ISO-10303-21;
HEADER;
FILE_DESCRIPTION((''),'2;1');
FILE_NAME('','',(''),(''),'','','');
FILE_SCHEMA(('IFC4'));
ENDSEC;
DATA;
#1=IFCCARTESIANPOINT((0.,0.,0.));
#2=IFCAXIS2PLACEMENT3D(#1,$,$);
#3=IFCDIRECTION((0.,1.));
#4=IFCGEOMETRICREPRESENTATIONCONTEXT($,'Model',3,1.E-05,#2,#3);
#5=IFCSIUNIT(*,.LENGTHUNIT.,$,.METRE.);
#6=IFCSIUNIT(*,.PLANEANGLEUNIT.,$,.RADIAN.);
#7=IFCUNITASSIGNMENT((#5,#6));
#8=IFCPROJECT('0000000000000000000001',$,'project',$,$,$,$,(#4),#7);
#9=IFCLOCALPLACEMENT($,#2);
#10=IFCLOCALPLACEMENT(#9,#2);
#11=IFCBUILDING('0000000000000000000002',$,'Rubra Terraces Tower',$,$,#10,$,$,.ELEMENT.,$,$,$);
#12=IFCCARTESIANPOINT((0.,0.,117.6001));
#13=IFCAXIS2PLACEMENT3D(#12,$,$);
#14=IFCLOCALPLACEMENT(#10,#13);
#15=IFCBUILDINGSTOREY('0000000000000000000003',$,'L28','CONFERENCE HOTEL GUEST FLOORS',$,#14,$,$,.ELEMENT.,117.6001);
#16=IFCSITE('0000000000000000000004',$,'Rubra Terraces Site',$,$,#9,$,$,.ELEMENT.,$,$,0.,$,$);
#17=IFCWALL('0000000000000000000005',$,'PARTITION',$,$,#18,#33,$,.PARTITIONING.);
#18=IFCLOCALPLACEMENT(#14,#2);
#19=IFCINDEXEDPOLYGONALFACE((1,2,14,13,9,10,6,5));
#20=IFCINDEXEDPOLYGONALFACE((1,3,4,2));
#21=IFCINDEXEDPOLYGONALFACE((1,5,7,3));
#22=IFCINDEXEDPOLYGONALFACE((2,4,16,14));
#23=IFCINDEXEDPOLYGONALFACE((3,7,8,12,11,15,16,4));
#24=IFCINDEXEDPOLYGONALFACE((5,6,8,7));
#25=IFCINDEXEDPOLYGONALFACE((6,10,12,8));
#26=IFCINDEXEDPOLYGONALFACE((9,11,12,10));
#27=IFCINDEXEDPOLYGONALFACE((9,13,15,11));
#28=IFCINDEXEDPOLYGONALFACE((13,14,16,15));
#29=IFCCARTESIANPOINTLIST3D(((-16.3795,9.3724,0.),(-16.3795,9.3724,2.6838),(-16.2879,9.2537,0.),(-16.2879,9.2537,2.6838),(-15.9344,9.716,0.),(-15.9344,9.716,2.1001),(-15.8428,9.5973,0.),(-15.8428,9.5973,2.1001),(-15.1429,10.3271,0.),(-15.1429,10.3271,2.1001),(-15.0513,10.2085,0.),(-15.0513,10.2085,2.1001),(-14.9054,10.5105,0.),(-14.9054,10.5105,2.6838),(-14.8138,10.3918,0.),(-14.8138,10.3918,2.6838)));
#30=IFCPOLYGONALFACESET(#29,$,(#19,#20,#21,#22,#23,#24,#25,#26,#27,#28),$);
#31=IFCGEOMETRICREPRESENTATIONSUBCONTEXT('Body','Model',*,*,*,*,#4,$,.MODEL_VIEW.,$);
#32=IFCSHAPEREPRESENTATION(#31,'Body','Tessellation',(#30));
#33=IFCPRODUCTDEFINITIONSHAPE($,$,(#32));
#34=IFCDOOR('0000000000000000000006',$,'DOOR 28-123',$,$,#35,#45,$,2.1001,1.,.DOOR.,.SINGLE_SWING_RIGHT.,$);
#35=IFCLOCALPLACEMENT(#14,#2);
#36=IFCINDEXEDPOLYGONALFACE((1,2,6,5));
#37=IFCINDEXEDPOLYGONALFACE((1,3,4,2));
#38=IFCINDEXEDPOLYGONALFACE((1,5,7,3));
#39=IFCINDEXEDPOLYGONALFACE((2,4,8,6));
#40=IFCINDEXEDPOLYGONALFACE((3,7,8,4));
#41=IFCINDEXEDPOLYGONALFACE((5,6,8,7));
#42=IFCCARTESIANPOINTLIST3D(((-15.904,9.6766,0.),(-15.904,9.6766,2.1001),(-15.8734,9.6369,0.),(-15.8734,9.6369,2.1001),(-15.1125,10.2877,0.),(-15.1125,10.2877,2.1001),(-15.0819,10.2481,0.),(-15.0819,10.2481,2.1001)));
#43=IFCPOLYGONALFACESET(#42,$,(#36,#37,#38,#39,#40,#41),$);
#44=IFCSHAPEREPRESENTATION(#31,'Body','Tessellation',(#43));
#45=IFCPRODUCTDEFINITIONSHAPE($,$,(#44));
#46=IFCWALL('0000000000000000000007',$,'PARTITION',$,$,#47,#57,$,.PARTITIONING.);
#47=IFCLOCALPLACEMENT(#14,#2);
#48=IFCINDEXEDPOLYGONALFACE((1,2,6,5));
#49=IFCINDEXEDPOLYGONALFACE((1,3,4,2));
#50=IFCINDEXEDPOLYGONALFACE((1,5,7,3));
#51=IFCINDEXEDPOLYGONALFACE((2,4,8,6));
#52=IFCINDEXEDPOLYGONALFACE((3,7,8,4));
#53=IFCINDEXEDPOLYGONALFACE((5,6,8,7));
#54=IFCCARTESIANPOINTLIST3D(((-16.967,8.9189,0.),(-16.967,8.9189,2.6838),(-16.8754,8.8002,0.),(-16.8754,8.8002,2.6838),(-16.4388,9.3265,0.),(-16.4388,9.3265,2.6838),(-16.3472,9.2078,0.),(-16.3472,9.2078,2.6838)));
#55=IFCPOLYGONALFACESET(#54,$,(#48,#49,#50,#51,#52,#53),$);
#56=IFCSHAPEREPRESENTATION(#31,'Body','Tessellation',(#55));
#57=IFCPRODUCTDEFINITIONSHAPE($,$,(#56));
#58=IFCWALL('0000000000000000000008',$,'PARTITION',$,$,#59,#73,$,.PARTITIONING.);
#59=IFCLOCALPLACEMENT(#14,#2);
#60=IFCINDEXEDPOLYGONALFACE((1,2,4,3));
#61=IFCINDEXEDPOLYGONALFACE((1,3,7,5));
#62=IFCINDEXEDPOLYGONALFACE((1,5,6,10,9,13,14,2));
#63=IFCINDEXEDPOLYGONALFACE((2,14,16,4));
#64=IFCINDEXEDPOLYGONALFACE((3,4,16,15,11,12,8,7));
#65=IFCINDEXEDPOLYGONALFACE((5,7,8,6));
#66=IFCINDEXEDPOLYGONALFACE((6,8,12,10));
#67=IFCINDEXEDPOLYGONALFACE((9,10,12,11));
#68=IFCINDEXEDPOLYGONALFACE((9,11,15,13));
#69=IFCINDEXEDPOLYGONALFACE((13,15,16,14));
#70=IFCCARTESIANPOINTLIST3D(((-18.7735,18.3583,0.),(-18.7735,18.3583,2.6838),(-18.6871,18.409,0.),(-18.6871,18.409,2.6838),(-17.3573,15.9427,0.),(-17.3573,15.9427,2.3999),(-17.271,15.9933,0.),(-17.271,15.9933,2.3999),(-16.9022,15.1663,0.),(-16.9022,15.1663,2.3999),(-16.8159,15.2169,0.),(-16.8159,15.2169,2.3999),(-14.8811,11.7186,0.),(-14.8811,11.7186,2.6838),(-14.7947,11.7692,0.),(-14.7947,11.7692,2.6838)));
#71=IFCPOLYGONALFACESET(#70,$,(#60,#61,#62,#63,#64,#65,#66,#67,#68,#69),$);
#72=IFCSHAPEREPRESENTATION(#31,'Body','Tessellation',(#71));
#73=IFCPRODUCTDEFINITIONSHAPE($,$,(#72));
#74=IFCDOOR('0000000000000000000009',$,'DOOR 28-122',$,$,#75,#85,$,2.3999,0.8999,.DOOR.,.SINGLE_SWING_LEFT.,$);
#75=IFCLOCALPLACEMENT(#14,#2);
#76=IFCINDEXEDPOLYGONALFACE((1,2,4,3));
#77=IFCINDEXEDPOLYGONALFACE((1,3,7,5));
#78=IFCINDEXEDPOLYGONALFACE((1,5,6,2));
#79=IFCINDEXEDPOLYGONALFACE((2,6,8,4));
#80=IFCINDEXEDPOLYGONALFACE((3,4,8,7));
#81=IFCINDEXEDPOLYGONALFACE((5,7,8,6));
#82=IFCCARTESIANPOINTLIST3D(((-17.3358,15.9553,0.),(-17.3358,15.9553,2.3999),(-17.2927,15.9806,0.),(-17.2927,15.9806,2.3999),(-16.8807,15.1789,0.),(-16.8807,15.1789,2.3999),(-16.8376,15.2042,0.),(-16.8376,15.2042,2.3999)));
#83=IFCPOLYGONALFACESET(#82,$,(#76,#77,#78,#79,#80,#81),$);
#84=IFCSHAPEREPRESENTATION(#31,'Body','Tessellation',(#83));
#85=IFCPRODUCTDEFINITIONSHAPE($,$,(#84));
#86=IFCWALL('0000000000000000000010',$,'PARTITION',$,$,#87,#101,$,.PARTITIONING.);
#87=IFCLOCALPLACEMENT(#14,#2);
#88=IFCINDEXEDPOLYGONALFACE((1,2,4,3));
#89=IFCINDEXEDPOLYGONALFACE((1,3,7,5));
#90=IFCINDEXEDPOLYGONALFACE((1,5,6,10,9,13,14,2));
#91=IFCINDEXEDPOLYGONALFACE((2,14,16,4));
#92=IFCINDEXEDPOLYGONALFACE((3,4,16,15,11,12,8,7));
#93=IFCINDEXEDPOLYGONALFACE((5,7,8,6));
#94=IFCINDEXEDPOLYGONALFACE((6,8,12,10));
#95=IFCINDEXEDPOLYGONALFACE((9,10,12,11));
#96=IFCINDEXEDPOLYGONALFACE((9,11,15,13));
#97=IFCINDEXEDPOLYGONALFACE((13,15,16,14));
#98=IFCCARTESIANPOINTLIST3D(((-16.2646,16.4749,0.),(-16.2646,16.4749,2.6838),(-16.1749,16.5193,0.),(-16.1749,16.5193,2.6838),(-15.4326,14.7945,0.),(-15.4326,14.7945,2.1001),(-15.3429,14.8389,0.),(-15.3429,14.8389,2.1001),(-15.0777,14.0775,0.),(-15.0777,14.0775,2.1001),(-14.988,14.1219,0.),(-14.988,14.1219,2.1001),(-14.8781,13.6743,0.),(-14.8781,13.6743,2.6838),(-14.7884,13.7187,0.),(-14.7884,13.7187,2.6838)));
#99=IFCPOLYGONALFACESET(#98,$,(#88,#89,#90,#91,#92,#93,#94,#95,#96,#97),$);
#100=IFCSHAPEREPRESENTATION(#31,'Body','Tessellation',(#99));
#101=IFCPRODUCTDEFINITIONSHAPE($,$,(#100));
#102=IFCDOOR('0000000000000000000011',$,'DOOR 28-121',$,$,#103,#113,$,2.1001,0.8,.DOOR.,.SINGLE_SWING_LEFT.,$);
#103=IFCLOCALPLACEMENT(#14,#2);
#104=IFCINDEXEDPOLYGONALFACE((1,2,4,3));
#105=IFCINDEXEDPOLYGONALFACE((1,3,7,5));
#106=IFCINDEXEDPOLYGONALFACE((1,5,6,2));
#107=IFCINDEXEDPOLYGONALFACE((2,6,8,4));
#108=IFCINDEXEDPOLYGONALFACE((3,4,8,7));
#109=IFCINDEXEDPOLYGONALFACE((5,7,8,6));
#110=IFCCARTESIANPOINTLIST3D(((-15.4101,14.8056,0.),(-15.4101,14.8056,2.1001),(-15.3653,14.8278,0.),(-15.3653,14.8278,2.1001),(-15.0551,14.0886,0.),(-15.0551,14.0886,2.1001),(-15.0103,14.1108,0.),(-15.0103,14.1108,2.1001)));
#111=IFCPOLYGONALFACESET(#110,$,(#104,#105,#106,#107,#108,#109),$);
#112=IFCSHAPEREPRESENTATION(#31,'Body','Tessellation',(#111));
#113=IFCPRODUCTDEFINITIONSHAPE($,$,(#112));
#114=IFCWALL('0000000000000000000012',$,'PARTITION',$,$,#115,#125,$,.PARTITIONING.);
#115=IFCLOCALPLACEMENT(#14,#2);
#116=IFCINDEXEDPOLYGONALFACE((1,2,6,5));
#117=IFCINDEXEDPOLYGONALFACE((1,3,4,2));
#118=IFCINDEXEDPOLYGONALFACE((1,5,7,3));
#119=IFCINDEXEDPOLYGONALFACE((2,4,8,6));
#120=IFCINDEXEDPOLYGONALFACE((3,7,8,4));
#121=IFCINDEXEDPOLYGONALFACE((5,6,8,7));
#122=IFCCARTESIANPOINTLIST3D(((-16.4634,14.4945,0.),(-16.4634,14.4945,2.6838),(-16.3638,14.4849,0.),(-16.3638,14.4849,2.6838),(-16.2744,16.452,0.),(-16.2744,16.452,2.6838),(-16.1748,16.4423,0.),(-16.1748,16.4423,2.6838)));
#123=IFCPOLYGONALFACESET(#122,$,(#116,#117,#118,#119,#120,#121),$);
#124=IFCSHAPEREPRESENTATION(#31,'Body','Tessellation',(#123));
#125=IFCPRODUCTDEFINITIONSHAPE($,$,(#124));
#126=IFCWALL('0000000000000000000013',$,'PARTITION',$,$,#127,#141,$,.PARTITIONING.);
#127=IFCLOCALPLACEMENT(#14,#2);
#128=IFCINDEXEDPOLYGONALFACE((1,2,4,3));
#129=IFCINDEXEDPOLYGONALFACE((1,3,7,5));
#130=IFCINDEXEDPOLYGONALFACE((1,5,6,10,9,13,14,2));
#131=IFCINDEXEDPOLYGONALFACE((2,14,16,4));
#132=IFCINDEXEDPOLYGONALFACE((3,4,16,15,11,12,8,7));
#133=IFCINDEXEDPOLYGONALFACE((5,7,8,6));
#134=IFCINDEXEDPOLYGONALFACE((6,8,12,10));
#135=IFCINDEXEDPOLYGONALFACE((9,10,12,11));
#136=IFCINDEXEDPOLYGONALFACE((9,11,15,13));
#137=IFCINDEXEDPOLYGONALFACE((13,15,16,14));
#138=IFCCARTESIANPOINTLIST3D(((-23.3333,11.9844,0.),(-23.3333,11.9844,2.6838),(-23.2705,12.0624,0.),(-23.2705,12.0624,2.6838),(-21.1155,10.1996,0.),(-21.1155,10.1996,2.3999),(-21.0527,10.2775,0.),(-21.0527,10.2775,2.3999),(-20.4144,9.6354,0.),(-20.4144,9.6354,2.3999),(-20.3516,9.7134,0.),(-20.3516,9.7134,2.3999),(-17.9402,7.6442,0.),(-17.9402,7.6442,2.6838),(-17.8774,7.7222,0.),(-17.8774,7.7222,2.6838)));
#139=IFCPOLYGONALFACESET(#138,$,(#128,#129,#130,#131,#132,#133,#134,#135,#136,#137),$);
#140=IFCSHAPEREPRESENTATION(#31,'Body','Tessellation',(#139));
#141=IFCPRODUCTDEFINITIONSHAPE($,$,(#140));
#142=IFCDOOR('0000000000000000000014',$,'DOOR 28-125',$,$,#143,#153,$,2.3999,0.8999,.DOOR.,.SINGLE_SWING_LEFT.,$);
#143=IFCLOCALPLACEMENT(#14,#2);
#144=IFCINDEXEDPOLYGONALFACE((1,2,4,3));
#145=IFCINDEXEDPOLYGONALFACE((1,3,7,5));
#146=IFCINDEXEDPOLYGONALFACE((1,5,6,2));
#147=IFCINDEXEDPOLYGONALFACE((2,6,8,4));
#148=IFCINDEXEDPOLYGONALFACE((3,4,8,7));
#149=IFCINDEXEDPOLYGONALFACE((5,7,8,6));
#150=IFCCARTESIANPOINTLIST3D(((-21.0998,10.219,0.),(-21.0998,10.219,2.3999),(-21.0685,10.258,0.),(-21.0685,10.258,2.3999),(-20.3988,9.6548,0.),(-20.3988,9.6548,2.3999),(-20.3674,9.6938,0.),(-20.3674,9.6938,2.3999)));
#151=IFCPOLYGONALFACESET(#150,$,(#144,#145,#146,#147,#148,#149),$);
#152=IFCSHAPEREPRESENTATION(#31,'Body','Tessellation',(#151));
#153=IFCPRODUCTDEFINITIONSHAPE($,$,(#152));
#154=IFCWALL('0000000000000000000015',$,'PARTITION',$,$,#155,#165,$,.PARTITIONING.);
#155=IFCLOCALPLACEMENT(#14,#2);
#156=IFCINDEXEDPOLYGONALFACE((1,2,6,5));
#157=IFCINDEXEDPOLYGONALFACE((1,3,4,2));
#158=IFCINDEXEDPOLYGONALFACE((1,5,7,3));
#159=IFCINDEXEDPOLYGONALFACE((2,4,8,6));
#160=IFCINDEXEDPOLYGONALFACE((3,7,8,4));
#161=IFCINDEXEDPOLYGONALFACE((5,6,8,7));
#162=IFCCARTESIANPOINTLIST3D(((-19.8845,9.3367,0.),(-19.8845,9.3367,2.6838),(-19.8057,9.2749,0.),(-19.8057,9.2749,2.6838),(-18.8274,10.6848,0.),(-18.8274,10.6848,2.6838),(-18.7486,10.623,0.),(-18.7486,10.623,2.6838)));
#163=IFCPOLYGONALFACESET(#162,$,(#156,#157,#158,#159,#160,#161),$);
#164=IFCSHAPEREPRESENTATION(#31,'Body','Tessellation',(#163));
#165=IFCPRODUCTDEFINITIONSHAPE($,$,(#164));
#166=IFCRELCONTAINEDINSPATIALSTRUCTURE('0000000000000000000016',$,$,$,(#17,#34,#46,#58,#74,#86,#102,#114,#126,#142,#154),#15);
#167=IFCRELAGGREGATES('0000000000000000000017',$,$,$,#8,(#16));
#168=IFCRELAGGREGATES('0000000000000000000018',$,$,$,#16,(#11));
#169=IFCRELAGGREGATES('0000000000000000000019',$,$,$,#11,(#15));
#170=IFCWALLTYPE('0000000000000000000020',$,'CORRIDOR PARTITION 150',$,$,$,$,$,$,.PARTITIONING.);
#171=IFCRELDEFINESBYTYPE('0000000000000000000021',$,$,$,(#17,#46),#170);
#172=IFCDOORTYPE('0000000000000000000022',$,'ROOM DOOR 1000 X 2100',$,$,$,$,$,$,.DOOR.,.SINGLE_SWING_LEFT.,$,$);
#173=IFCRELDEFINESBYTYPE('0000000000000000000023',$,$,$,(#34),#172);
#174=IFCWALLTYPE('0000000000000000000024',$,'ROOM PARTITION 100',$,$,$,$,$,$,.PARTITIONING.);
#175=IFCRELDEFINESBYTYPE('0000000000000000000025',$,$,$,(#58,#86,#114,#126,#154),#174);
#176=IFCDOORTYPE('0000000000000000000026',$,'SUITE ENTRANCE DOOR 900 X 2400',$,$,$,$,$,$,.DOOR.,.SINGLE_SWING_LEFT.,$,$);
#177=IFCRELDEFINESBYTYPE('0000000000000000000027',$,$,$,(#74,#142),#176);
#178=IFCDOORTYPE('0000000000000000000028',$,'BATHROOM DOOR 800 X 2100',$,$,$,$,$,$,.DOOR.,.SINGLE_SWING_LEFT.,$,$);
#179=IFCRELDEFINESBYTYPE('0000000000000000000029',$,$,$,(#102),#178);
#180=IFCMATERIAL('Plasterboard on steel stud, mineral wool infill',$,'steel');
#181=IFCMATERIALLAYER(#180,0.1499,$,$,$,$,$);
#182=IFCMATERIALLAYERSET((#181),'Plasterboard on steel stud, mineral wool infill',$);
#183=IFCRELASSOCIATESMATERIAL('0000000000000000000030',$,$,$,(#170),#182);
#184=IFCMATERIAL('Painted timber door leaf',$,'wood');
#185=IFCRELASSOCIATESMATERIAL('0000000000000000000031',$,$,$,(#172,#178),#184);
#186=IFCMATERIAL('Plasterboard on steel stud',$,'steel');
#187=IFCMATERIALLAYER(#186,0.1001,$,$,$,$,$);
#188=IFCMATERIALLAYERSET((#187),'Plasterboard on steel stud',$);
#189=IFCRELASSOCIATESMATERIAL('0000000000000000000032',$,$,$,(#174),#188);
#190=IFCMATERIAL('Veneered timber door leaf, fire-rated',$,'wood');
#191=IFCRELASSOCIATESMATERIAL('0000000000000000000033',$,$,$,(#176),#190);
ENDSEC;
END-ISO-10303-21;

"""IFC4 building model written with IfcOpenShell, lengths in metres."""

from ifc_helpers import new_model, si_unit, direction, frame, frame_2d, origin, place, context, subcontext, project, spatial, rectangle, extrude, material, layer, layer_set, type_object, element, fill, save


model = new_model("IFC4")

# Units and contexts
model_context = context("Model", 3, precision=1e-05, world=origin(), true_north=direction((0.0, 1.0)))
body_context = subcontext(model_context, "Body", "Model", "MODEL_VIEW")
ifc_project = project(units=[si_unit("LENGTHUNIT", "METRE"), si_unit("PLANEANGLEUNIT", "RADIAN")], contexts=[model_context])

# Site, building, storey
site_placement = place(None, origin())
site = spatial("IfcSite", under=ifc_project, at=site_placement, Name="Rubra Terraces Site", CompositionType="ELEMENT", RefElevation=0.0)
building_placement = place(site_placement, origin())
building = spatial("IfcBuilding", under=site, at=building_placement, Name="Rubra Terraces Tower", CompositionType="ELEMENT")
storey_placement = place(building_placement, frame((0.0, 0.0, 117.6001)))
storey = spatial("IfcBuildingStorey", under=building, at=storey_placement, Name="L28", Description="CONFERENCE HOTEL GUEST FLOORS", CompositionType="ELEMENT", Elevation=117.6001)

# Shared definitions
ifc_material_1 = material(Name="Plasterboard on steel stud, mineral wool infill", Category="steel")
ifc_layer_1 = layer(ifc_material_1, 0.1499)
ifc_layer_set_1 = layer_set([ifc_layer_1], Name="Plasterboard on steel stud, mineral wool infill")
wall_type_1 = type_object("IfcWallType", Name="CORRIDOR PARTITION 150", PredefinedType="PARTITIONING", material=ifc_layer_set_1)

# Wall, opening, door
wall_1_placement = place(storey_placement, frame((-14.8596, 10.4512, 0.0), z_axis=(0.0, 0.0, 1.0), x_axis=(-0.791521, -0.611142, 0.0)))
wall_1 = element("IfcWall", 1, at=wall_1_placement, inside=storey, type_object=wall_type_1, Name="PARTITION", PredefinedType="PARTITIONING", context=body_context, shape_type="SweptSolid", body=[
    extrude(rectangle(XDim=1.8623, YDim=0.1499, at=frame_2d((0.9312, 0.0))), origin(), (0.0, 0.0, 1.0), 2.6838),
])
opening_1_placement = place(wall_1_placement, frame((0.3, 0.0, 0.0)))
opening_1 = element("IfcOpeningElement", 2, at=opening_1_placement, cuts=wall_1, PredefinedType="OPENING", context=body_context, shape_type="SweptSolid", body=[
    extrude(rectangle(XDim=1.0, YDim=2.1001, at=frame_2d((0.5, 1.05))), frame((0.0, 0.085, 0.0), z_axis=(0.0, -1.0, 0.0), x_axis=(1.0, 0.0, 0.0)), (0.0, 0.0, 1.0), 0.1699),
])
ifc_material_2 = material(Name="Painted timber door leaf", Category="wood")
door_type_1 = type_object("IfcDoorType", Name="ROOM DOOR 1000 X 2100", OperationType="SINGLE_SWING_LEFT", PredefinedType="DOOR", material=ifc_material_2)
door_1_placement = place(opening_1_placement, origin())
door_1 = element("IfcDoor", 3, at=door_1_placement, inside=storey, type_object=door_type_1, Name="DOOR 28-123", OperationType="SINGLE_SWING_RIGHT", OverallHeight=2.1001, OverallWidth=1.0, PredefinedType="DOOR", context=body_context, shape_type="SweptSolid", body=[
    extrude(rectangle(XDim=1.0, YDim=2.1001, at=frame_2d((0.5, 1.05))), frame((0.0, 0.0249, 0.0), z_axis=(0.0, -1.0, 0.0), x_axis=(1.0, 0.0, 0.0)), (0.0, 0.0, 1.0), 0.05),
])
fill(opening_1, door_1)

# Wall
wall_2_placement = place(storey_placement, frame((-16.3931, 9.2671, 0.0), z_axis=(0.0, 0.0, 1.0), x_axis=(-0.791671, -0.610948, 0.0)))
element("IfcWall", 4, at=wall_2_placement, inside=storey, type_object=wall_type_1, Name="PARTITION", PredefinedType="PARTITIONING", context=body_context, shape_type="SweptSolid", body=[
    extrude(rectangle(XDim=0.6672, YDim=0.1499, at=frame_2d((0.3335, 0.0))), origin(), (0.0, 0.0, 1.0), 2.6838),
])

# Walls, openings, doors
ifc_material_3 = material(Name="Plasterboard on steel stud", Category="steel")
ifc_layer_2 = layer(ifc_material_3, 0.1001)
ifc_layer_set_2 = layer_set([ifc_layer_2], Name="Plasterboard on steel stud")
wall_type_2 = type_object("IfcWallType", Name="ROOM PARTITION 100", PredefinedType="PARTITIONING", material=ifc_layer_set_2)
wall_3_placement = place(storey_placement, frame((-18.7302, 18.3835, 0.0), z_axis=(0.0, 0.0, 1.0), x_axis=(0.505732, -0.862691, 0.0)))
wall_3 = element("IfcWall", 5, at=wall_3_placement, inside=storey, type_object=wall_type_2, Name="PARTITION", PredefinedType="PARTITIONING", context=body_context, shape_type="SweptSolid", body=[
    extrude(rectangle(XDim=7.6965, YDim=0.1001, at=frame_2d((3.8481, 0.0))), origin(), (0.0, 0.0, 1.0), 2.6838),
])
opening_2_placement = place(wall_3_placement, frame((2.8, 0.0, 0.0)))
opening_2 = element("IfcOpeningElement", 6, at=opening_2_placement, cuts=wall_3, PredefinedType="OPENING", context=body_context, shape_type="SweptSolid", body=[
    extrude(rectangle(XDim=0.8999, YDim=2.3999, at=frame_2d((0.45, 1.2))), frame((0.0, 0.0601, 0.0), z_axis=(0.0, -1.0, 0.0), x_axis=(1.0, 0.0, 0.0)), (0.0, 0.0, 1.0), 0.1201),
])
ifc_material_4 = material(Name="Veneered timber door leaf, fire-rated", Category="wood")
door_type_2 = type_object("IfcDoorType", Name="SUITE ENTRANCE DOOR 900 X 2400", OperationType="SINGLE_SWING_LEFT", PredefinedType="DOOR", material=ifc_material_4)
door_2_placement = place(opening_2_placement, origin())
door_2 = element("IfcDoor", 7, at=door_2_placement, inside=storey, type_object=door_type_2, Name="DOOR 28-122", OperationType="SINGLE_SWING_LEFT", OverallHeight=2.3999, OverallWidth=0.8999, PredefinedType="DOOR", context=body_context, shape_type="SweptSolid", body=[
    extrude(rectangle(XDim=0.8999, YDim=2.3999, at=frame_2d((0.45, 1.2))), frame((0.0, 0.0249, 0.0), z_axis=(0.0, -1.0, 0.0), x_axis=(1.0, 0.0, 0.0)), (0.0, 0.0, 1.0), 0.05),
])
fill(opening_2, door_2)
wall_4_placement = place(storey_placement, frame((-14.8333, 13.6965, 0.0), z_axis=(0.0, 0.0, 1.0), x_axis=(-0.443679, 0.896186, 0.0)))
wall_4 = element("IfcWall", 8, at=wall_4_placement, inside=storey, type_object=wall_type_2, Name="PARTITION", PredefinedType="PARTITIONING", context=body_context, shape_type="SweptSolid", body=[
    extrude(rectangle(XDim=3.125, YDim=0.1001, at=frame_2d((1.5625, 0.0))), origin(), (0.0, 0.0, 1.0), 2.6838),
])
opening_3_placement = place(wall_4_placement, frame((0.45, 0.0, 0.0)))
opening_3 = element("IfcOpeningElement", 9, at=opening_3_placement, cuts=wall_4, PredefinedType="OPENING", context=body_context, shape_type="SweptSolid", body=[
    extrude(rectangle(XDim=0.8, YDim=2.1001, at=frame_2d((0.3999, 1.05))), frame((0.0, 0.0601, 0.0), z_axis=(0.0, -1.0, 0.0), x_axis=(1.0, 0.0, 0.0)), (0.0, 0.0, 1.0), 0.1201),
])
door_type_3 = type_object("IfcDoorType", Name="BATHROOM DOOR 800 X 2100", OperationType="SINGLE_SWING_LEFT", PredefinedType="DOOR", material=ifc_material_2)
door_3_placement = place(opening_3_placement, origin())
door_3 = element("IfcDoor", 10, at=door_3_placement, inside=storey, type_object=door_type_3, Name="DOOR 28-121", OperationType="SINGLE_SWING_LEFT", OverallHeight=2.1001, OverallWidth=0.8, PredefinedType="DOOR", context=body_context, shape_type="SweptSolid", body=[
    extrude(rectangle(XDim=0.8, YDim=2.1001, at=frame_2d((0.3999, 1.05))), frame((0.0, 0.0249, 0.0), z_axis=(0.0, -1.0, 0.0), x_axis=(1.0, 0.0, 0.0)), (0.0, 0.0, 1.0), 0.05),
])
fill(opening_3, door_3)

# Wall
wall_5_placement = place(storey_placement, frame((-16.2246, 16.4473, 0.0), z_axis=(0.0, 0.0, 1.0), x_axis=(-0.096086, -0.995373, 0.0)))
element("IfcWall", 11, at=wall_5_placement, inside=storey, type_object=wall_type_2, Name="PARTITION", PredefinedType="PARTITIONING", context=body_context, shape_type="SweptSolid", body=[
    extrude(rectangle(XDim=1.9666, YDim=0.1001, at=frame_2d((0.9834, 0.0))), origin(), (0.0, 0.0, 1.0), 2.6838),
])

# Wall, opening, door
wall_6_placement = place(storey_placement, frame((-23.302, 12.0234, 0.0), z_axis=(0.0, 0.0, 1.0), x_axis=(0.779059, -0.62695, 0.0)))
wall_6 = element("IfcWall", 12, at=wall_6_placement, inside=storey, type_object=wall_type_2, Name="PARTITION", PredefinedType="PARTITIONING", context=body_context, shape_type="SweptSolid", body=[
    extrude(rectangle(XDim=6.9226, YDim=0.1001, at=frame_2d((3.4614, 0.0))), origin(), (0.0, 0.0, 1.0), 2.6838),
])
opening_4_placement = place(wall_6_placement, frame((2.8469, 0.0, 0.0)))
opening_4 = element("IfcOpeningElement", 13, at=opening_4_placement, cuts=wall_6, PredefinedType="OPENING", context=body_context, shape_type="SweptSolid", body=[
    extrude(rectangle(XDim=0.8999, YDim=2.3999, at=frame_2d((0.45, 1.2))), frame((0.0, 0.0601, 0.0), z_axis=(0.0, -1.0, 0.0), x_axis=(1.0, 0.0, 0.0)), (0.0, 0.0, 1.0), 0.1201),
])
door_4_placement = place(opening_4_placement, origin())
door_4 = element("IfcDoor", 14, at=door_4_placement, inside=storey, type_object=door_type_2, Name="DOOR 28-125", OperationType="SINGLE_SWING_LEFT", OverallHeight=2.3999, OverallWidth=0.8999, PredefinedType="DOOR", context=body_context, shape_type="SweptSolid", body=[
    extrude(rectangle(XDim=0.8999, YDim=2.3999, at=frame_2d((0.45, 1.2))), frame((0.0, 0.0249, 0.0), z_axis=(0.0, -1.0, 0.0), x_axis=(1.0, 0.0, 0.0)), (0.0, 0.0, 1.0), 0.05),
])
fill(opening_4, door_4)

# Wall
wall_7_placement = place(storey_placement, frame((-18.7881, 10.6538, 0.0), z_axis=(0.0, 0.0, 1.0), x_axis=(-0.617053, -0.786921, 0.0)))
element("IfcWall", 15, at=wall_7_placement, inside=storey, type_object=wall_type_2, Name="PARTITION", PredefinedType="PARTITIONING", context=body_context, shape_type="SweptSolid", body=[
    extrude(rectangle(XDim=1.7131, YDim=0.1001, at=frame_2d((0.8564, 0.0))), origin(), (0.0, 0.0, 1.0), 2.6838),
])

save(model, "model.ifc")
